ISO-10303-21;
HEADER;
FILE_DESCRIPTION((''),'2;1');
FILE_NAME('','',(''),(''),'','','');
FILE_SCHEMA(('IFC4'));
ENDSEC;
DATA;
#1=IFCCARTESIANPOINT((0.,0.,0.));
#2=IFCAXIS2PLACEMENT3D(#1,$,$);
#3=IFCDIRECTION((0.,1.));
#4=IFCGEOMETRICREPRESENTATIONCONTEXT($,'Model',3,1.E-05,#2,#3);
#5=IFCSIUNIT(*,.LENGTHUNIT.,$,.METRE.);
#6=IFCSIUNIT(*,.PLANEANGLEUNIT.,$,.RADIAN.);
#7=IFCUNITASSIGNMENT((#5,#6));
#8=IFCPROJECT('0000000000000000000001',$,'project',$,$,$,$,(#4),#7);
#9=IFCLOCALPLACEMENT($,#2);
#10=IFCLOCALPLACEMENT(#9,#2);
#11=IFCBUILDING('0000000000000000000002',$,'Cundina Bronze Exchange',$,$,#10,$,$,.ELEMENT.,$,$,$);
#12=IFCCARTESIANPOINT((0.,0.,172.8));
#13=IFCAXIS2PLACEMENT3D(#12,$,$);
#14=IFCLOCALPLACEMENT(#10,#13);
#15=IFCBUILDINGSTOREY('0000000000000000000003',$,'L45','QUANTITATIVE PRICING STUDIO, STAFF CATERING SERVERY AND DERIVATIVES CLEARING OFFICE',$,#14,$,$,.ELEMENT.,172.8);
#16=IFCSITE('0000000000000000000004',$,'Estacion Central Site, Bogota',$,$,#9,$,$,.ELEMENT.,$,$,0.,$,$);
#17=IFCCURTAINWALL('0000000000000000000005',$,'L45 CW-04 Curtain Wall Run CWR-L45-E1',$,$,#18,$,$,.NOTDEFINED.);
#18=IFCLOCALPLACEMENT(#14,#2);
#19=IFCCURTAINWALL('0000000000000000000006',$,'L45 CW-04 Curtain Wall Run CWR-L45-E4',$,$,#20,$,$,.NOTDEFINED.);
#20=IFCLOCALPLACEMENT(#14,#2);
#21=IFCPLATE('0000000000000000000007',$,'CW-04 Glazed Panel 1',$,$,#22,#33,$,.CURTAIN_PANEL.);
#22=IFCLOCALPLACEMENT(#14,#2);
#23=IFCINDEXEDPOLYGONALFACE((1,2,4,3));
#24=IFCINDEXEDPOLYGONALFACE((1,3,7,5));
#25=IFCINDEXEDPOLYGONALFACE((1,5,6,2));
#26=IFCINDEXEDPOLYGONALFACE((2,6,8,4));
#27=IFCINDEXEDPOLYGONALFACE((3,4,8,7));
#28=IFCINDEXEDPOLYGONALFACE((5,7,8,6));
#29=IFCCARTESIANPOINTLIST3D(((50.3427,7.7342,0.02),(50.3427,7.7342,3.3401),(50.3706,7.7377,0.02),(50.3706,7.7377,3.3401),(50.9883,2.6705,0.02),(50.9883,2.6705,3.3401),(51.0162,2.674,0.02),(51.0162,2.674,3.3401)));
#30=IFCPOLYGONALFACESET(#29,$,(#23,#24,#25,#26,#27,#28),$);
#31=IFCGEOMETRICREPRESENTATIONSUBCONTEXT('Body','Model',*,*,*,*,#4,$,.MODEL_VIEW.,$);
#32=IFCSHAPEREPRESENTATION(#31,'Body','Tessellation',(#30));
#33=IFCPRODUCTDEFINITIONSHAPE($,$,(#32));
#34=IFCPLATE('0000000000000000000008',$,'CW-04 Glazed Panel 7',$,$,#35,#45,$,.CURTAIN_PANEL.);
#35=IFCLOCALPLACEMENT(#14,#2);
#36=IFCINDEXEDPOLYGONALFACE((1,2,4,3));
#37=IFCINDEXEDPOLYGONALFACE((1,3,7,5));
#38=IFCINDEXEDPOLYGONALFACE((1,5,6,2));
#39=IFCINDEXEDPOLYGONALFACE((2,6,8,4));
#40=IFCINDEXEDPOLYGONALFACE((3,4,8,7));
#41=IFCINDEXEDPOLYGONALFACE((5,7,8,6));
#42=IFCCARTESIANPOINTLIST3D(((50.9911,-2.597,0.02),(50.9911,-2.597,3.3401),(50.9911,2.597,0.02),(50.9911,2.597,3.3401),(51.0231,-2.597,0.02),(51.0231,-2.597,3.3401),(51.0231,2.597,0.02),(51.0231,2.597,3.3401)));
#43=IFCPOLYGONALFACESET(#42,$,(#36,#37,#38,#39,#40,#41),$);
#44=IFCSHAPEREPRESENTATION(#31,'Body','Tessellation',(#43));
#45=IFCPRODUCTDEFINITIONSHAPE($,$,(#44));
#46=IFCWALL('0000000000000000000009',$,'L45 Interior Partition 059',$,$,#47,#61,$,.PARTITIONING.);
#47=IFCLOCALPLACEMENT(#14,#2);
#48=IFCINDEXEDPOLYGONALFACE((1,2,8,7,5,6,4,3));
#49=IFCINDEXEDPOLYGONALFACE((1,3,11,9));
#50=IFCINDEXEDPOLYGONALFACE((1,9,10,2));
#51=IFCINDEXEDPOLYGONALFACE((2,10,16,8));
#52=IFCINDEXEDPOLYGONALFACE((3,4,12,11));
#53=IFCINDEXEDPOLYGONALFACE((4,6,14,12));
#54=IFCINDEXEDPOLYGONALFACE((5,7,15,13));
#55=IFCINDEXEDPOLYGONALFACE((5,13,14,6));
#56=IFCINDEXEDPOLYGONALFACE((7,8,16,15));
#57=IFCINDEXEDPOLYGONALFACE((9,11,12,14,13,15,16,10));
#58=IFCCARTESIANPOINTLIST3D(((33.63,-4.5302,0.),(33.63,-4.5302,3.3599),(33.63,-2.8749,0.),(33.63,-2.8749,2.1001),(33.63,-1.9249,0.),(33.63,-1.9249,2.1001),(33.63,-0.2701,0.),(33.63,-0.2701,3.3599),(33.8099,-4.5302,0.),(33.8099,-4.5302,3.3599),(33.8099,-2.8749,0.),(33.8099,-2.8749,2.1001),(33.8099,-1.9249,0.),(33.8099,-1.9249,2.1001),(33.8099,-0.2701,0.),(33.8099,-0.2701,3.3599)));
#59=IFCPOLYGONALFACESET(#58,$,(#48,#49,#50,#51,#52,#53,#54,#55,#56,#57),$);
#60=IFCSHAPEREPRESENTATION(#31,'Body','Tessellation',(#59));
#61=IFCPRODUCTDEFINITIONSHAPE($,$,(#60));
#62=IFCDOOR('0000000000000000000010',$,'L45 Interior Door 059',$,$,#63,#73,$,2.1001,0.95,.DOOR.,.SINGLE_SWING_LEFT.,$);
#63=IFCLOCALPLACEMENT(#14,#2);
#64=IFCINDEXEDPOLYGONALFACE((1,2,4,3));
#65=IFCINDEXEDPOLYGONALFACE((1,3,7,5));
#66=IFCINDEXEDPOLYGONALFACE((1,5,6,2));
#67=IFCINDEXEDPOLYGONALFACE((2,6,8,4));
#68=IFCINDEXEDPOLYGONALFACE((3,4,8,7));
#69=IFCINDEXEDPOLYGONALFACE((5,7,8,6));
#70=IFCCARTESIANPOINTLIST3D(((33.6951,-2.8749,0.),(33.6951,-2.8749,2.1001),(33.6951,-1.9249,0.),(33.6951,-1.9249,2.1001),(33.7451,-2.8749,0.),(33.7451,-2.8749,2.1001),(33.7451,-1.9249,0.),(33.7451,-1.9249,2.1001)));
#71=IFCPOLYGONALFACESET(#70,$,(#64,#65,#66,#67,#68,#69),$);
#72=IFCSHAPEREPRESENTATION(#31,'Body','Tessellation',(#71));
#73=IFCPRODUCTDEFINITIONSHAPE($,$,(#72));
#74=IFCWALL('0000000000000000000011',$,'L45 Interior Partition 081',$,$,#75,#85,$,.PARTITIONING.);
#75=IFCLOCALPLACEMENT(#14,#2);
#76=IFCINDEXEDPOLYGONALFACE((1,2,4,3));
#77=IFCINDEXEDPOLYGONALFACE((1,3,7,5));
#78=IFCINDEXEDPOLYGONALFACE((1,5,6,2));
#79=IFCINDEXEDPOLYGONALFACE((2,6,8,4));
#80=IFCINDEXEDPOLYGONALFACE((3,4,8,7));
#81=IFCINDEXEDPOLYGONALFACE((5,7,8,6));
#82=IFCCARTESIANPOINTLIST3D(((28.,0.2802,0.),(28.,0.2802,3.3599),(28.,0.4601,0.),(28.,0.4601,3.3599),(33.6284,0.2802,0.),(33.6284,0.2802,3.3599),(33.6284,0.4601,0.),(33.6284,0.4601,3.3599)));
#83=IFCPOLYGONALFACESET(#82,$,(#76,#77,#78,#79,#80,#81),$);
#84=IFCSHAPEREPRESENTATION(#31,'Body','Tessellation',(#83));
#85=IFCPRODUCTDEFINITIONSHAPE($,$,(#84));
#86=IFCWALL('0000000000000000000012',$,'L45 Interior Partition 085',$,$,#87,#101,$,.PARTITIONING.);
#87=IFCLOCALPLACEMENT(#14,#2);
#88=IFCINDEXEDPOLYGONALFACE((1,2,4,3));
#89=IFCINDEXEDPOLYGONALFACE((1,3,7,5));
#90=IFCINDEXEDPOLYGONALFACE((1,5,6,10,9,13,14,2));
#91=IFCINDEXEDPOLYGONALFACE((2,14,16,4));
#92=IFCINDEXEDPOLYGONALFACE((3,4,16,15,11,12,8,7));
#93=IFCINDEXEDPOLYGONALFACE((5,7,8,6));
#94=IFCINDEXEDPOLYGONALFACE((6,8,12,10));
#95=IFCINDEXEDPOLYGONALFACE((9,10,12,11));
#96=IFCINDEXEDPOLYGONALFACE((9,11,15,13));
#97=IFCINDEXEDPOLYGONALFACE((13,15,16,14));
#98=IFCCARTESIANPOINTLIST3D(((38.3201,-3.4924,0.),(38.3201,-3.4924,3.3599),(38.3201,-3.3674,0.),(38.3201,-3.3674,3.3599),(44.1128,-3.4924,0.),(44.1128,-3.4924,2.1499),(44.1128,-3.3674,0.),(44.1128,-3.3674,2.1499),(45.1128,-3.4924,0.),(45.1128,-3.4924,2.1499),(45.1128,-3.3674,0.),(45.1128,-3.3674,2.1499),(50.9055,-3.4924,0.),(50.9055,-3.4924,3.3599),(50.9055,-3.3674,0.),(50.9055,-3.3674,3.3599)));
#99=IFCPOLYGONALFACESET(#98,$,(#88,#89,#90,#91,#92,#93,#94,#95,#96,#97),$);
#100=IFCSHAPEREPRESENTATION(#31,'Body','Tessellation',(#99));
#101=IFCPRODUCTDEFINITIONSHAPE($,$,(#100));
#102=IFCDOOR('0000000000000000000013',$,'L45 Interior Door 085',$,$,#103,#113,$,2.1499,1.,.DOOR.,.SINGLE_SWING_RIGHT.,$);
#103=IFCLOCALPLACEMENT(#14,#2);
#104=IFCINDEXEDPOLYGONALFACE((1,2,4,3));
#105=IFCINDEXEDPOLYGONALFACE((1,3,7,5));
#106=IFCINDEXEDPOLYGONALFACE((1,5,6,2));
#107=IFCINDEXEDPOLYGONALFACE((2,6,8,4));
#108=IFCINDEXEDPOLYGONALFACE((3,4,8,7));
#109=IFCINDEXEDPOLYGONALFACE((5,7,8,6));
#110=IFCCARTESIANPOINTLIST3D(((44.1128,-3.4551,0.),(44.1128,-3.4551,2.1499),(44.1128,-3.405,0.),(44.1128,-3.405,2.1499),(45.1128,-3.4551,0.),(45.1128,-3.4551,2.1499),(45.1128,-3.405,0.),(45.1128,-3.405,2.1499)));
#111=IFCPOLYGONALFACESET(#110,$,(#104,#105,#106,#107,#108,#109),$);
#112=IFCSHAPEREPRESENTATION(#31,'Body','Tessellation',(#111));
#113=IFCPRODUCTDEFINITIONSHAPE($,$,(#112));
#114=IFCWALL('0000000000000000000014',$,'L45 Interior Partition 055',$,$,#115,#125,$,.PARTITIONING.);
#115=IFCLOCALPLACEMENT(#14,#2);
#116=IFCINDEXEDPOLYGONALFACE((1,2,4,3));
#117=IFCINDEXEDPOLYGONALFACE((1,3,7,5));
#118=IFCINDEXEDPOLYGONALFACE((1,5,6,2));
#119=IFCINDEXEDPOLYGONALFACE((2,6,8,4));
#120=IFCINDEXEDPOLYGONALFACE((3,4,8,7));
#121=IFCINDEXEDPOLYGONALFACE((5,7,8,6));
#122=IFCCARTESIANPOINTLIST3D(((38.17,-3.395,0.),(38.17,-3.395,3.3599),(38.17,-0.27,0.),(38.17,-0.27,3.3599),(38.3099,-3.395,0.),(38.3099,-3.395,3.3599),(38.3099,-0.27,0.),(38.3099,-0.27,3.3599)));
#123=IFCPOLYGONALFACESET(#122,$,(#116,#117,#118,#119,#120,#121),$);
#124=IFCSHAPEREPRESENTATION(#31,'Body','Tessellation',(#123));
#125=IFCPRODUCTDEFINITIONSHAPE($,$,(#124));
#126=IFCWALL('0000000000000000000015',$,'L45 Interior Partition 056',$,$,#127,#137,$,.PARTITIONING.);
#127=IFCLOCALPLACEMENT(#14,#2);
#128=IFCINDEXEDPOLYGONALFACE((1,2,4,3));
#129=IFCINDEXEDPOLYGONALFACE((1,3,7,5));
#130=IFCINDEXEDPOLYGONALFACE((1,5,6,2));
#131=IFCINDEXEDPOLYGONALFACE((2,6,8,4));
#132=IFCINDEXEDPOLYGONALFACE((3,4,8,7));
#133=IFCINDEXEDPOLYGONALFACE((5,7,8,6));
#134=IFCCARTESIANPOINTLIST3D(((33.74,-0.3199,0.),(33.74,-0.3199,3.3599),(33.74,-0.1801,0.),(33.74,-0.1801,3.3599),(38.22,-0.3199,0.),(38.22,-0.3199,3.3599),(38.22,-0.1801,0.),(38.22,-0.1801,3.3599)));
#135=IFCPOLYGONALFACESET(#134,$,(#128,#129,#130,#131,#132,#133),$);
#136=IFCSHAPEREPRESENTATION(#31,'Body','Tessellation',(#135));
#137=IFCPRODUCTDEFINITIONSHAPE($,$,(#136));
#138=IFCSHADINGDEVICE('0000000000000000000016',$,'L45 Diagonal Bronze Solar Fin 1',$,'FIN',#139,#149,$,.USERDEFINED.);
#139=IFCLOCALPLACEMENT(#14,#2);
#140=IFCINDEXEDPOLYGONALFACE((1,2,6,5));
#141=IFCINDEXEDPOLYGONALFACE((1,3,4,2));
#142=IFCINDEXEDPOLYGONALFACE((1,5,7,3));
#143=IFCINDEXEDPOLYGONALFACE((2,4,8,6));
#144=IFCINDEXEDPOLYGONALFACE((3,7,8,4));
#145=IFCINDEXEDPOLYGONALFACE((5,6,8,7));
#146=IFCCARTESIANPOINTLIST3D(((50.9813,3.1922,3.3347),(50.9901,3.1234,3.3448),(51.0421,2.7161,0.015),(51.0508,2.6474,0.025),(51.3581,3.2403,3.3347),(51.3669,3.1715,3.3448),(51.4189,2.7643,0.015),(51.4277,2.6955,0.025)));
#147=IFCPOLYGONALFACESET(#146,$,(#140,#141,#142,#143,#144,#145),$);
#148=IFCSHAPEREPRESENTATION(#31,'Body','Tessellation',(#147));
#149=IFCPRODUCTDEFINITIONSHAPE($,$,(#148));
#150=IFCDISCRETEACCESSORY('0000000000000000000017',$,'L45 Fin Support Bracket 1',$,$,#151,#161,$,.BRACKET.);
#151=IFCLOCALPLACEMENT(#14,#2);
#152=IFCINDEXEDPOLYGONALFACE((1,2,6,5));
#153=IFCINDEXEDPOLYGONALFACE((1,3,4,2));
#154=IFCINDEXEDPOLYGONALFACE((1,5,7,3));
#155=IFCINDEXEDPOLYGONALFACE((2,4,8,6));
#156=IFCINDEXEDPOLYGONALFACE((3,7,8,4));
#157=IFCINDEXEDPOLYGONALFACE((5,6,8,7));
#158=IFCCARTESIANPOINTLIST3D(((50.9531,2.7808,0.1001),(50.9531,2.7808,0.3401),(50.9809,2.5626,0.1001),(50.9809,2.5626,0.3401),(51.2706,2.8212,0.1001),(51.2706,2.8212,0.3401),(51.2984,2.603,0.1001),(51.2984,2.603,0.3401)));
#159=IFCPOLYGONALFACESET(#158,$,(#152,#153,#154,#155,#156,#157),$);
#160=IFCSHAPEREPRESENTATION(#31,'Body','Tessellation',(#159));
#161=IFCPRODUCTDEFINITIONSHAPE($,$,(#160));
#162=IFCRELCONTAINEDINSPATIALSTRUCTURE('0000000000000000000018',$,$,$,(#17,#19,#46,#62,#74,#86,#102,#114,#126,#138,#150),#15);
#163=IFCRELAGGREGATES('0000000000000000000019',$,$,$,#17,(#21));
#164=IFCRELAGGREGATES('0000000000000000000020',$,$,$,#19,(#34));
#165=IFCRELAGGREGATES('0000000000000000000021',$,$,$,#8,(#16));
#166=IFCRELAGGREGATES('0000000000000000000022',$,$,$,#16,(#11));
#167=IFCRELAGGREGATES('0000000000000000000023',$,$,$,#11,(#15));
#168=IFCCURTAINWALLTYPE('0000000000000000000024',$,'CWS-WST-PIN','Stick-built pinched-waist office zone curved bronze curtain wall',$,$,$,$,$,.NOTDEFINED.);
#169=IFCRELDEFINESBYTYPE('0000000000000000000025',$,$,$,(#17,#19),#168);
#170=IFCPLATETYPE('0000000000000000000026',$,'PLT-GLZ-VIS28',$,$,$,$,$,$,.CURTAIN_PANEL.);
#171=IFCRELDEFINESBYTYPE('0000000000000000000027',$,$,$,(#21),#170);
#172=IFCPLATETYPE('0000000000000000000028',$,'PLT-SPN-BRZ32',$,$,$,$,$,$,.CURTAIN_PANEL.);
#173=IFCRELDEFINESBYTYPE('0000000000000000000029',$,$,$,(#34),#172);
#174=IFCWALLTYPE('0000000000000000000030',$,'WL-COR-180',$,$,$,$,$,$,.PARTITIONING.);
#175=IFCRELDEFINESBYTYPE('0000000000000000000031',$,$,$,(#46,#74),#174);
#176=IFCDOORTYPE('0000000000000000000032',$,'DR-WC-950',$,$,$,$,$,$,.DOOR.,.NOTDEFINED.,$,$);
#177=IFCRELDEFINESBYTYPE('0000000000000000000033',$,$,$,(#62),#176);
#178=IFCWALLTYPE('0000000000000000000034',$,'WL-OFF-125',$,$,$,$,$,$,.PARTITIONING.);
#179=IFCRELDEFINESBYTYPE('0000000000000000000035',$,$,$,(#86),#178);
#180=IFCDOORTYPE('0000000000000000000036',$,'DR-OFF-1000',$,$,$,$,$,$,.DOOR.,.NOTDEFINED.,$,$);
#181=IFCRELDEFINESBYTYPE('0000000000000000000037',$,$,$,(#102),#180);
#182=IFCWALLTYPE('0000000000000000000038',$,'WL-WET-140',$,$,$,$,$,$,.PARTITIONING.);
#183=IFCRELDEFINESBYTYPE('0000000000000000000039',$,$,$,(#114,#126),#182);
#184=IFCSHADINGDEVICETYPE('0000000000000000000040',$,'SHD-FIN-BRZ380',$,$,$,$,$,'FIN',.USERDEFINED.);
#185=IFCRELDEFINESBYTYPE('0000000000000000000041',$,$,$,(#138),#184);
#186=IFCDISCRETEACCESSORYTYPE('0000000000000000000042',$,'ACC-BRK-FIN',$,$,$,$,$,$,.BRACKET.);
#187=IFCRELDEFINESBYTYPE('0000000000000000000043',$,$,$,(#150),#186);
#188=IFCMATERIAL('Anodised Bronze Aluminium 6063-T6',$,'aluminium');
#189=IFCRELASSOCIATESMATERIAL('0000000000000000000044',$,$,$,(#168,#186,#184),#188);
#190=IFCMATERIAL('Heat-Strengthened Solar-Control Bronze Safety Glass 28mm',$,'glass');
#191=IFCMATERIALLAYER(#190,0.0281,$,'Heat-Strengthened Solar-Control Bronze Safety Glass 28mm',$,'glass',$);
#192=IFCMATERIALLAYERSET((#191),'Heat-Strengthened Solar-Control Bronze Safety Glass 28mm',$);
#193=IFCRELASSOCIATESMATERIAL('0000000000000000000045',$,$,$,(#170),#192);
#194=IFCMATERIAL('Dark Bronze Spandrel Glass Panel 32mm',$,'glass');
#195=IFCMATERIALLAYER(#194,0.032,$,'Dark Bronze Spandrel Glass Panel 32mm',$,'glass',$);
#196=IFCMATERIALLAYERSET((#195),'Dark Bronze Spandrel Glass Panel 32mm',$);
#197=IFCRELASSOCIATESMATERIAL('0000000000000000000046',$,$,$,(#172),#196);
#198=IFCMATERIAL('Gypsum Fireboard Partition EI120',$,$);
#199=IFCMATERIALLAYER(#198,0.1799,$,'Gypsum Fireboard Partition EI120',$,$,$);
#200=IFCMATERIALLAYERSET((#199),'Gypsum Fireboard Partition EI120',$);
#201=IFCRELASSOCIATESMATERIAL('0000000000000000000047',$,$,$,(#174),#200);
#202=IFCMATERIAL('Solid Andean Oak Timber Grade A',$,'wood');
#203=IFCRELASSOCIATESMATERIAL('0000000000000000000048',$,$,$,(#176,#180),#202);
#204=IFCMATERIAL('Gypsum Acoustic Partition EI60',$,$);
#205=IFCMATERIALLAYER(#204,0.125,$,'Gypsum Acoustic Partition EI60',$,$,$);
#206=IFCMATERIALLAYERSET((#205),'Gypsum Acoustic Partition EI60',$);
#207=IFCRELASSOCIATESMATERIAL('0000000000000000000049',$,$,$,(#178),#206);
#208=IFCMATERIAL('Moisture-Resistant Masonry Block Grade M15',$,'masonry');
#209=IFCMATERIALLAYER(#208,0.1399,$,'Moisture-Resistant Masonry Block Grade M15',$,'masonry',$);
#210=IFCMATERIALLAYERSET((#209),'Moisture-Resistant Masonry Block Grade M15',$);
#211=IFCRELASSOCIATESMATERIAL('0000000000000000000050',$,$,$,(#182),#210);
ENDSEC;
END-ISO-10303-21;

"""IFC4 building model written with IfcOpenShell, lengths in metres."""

from ifc_helpers import new_model, si_unit, direction, frame, frame_2d, origin, origin_2d, place, context, subcontext, project, spatial, rectangle, extrude, material, layer, layer_set, material_profile, profile_set, type_object, element, fill, aggregate, save


model = new_model("IFC4")

# Units and contexts
model_context = context("Model", 3, precision=1e-05, world=origin(), true_north=direction((0.0, 1.0)))
body_context = subcontext(model_context, "Body", "Model", "MODEL_VIEW")
ifc_project = project(units=[si_unit("LENGTHUNIT", "METRE"), si_unit("PLANEANGLEUNIT", "RADIAN")], contexts=[model_context])

# Site, building, storey
site_placement = place(None, origin())
site = spatial("IfcSite", under=ifc_project, at=site_placement, Name="Estacion Central Site, Bogota", CompositionType="ELEMENT", RefElevation=0.0)
building_placement = place(site_placement, origin())
building = spatial("IfcBuilding", under=site, at=building_placement, Name="Cundina Bronze Exchange", CompositionType="ELEMENT")
storey_placement = place(building_placement, frame((0.0, 0.0, 172.8)))
storey = spatial("IfcBuildingStorey", under=building, at=storey_placement, Name="L45", Description="QUANTITATIVE PRICING STUDIO, STAFF CATERING SERVERY AND DERIVATIVES CLEARING OFFICE", CompositionType="ELEMENT", Elevation=172.8)

# Curtain walls
ifc_material_1 = material(Name="Anodised Bronze Aluminium 6063-T6", Category="aluminium")
curtain_wall_type = type_object("IfcCurtainWallType", Name="CWS-WST-PIN", Description="Stick-built pinched-waist office zone curved bronze curtain wall", PredefinedType="NOTDEFINED", material=ifc_material_1)
curtain_wall_1_placement = place(storey_placement, origin())
curtain_wall_1 = element("IfcCurtainWall", 1, at=curtain_wall_1_placement, inside=storey, type_object=curtain_wall_type, Name="L45 CW-04 Curtain Wall Run CWR-L45-E1", PredefinedType="NOTDEFINED")
curtain_wall_2_placement = place(storey_placement, origin())
curtain_wall_2 = element("IfcCurtainWall", 2, at=curtain_wall_2_placement, inside=storey, type_object=curtain_wall_type, Name="L45 CW-04 Curtain Wall Run CWR-L45-E4", PredefinedType="NOTDEFINED")

# Plates
ifc_material_2 = material(Name="Heat-Strengthened Solar-Control Bronze Safety Glass 28mm", Category="glass")
ifc_layer_1 = layer(ifc_material_2, 0.0281, Name="Heat-Strengthened Solar-Control Bronze Safety Glass 28mm", Category="glass")
ifc_layer_set_1 = layer_set([ifc_layer_1], Name="Heat-Strengthened Solar-Control Bronze Safety Glass 28mm")
plate_type_1 = type_object("IfcPlateType", Name="PLT-GLZ-VIS28", PredefinedType="CURTAIN_PANEL", material=ifc_layer_set_1)
plate_1_placement = place(storey_placement, frame((50.6794, 5.2041, 0.02), z_axis=(0.0, 0.0, 1.0), x_axis=(-0.126476, 0.99197, 0.0)))
plate_1 = element("IfcPlate", 3, at=plate_1_placement, type_object=plate_type_1, Name="CW-04 Glazed Panel 1", PredefinedType="CURTAIN_PANEL", context=body_context, shape_type="SweptSolid", body=[
    extrude(rectangle(XDim=5.1047, YDim=0.0281, at=origin_2d()), origin(), (0.0, 0.0, 1.0), 3.3201),
])
aggregate(curtain_wall_1, [plate_1])
ifc_material_3 = material(Name="Dark Bronze Spandrel Glass Panel 32mm", Category="glass")
ifc_layer_2 = layer(ifc_material_3, 0.032, Name="Dark Bronze Spandrel Glass Panel 32mm", Category="glass")
ifc_layer_set_2 = layer_set([ifc_layer_2], Name="Dark Bronze Spandrel Glass Panel 32mm")
plate_type_2 = type_object("IfcPlateType", Name="PLT-SPN-BRZ32", PredefinedType="CURTAIN_PANEL", material=ifc_layer_set_2)
plate_2_placement = place(storey_placement, frame((51.0071, 0.0, 0.02), z_axis=(0.0, 0.0, 1.0), x_axis=(0.0, 1.0, 0.0)))
plate_2 = element("IfcPlate", 4, at=plate_2_placement, type_object=plate_type_2, Name="CW-04 Glazed Panel 7", PredefinedType="CURTAIN_PANEL", context=body_context, shape_type="SweptSolid", body=[
    extrude(rectangle(XDim=5.1941, YDim=0.032, at=origin_2d()), origin(), (0.0, 0.0, 1.0), 3.3201),
])
aggregate(curtain_wall_2, [plate_2])

# Wall, opening, door
ifc_material_4 = material(Name="Gypsum Fireboard Partition EI120")
ifc_layer_3 = layer(ifc_material_4, 0.1799, Name="Gypsum Fireboard Partition EI120")
ifc_layer_set_3 = layer_set([ifc_layer_3], Name="Gypsum Fireboard Partition EI120")
wall_type_1 = type_object("IfcWallType", Name="WL-COR-180", PredefinedType="PARTITIONING", material=ifc_layer_set_3)
wall_1_placement = place(storey_placement, frame((33.72, -4.53, 0.0), z_axis=(0.0, 0.0, 1.0), x_axis=(0.0, 1.0, 0.0)))
wall_1 = element("IfcWall", 5, at=wall_1_placement, inside=storey, type_object=wall_type_1, Name="L45 Interior Partition 059", PredefinedType="PARTITIONING", context=body_context, shape_type="SweptSolid", body=[
    extrude(rectangle(XDim=4.26, YDim=0.1799, at=frame_2d((2.1299, 0.0))), origin(), (0.0, 0.0, 1.0), 3.3599),
])
opening_1_placement = place(wall_1_placement, frame((1.655, 0.0, 0.0)))
opening_1 = element("IfcOpeningElement", 6, at=opening_1_placement, cuts=wall_1, PredefinedType="OPENING", context=body_context, shape_type="SweptSolid", body=[
    extrude(rectangle(XDim=0.95, YDim=2.1001, at=frame_2d((0.4751, 1.05))), frame((0.0, 0.0999, 0.0), z_axis=(0.0, -1.0, 0.0), x_axis=(1.0, 0.0, 0.0)), (0.0, 0.0, 1.0), 0.2),
])
ifc_material_5 = material(Name="Solid Andean Oak Timber Grade A", Category="wood")
door_type_1 = type_object("IfcDoorType", Name="DR-WC-950", OperationType="NOTDEFINED", PredefinedType="DOOR", material=ifc_material_5)
door_1_placement = place(opening_1_placement, origin())
door_1 = element("IfcDoor", 7, at=door_1_placement, inside=storey, type_object=door_type_1, Name="L45 Interior Door 059", OperationType="SINGLE_SWING_LEFT", OverallHeight=2.1001, OverallWidth=0.95, PredefinedType="DOOR", context=body_context, shape_type="SweptSolid", body=[
    extrude(rectangle(XDim=0.95, YDim=2.1001, at=frame_2d((0.4751, 1.05))), frame((0.0, 0.0249, 0.0), z_axis=(0.0, -1.0, 0.0), x_axis=(1.0, 0.0, 0.0)), (0.0, 0.0, 1.0), 0.05),
])
fill(opening_1, door_1)

# Wall
wall_2_placement = place(storey_placement, frame((33.6284, 0.3701, 0.0), z_axis=(0.0, 0.0, 1.0), x_axis=(-1.0, 0.0, 0.0)))
element("IfcWall", 8, at=wall_2_placement, inside=storey, type_object=wall_type_1, Name="L45 Interior Partition 081", PredefinedType="PARTITIONING", context=body_context, shape_type="SweptSolid", body=[
    extrude(rectangle(XDim=5.6284, YDim=0.1799, at=frame_2d((2.8142, 0.0))), origin(), (0.0, 0.0, 1.0), 3.3599),
])

# Wall, opening, door
ifc_material_6 = material(Name="Gypsum Acoustic Partition EI60")
ifc_layer_4 = layer(ifc_material_6, 0.125, Name="Gypsum Acoustic Partition EI60")
ifc_layer_set_4 = layer_set([ifc_layer_4], Name="Gypsum Acoustic Partition EI60")
wall_type_2 = type_object("IfcWallType", Name="WL-OFF-125", PredefinedType="PARTITIONING", material=ifc_layer_set_4)
wall_3_placement = place(storey_placement, frame((38.3201, -3.4299, 0.0), z_axis=(0.0, 0.0, 1.0), x_axis=(1.0, 0.0, 0.0)))
wall_3 = element("IfcWall", 9, at=wall_3_placement, inside=storey, type_object=wall_type_2, Name="L45 Interior Partition 085", PredefinedType="PARTITIONING", context=body_context, shape_type="SweptSolid", body=[
    extrude(rectangle(XDim=12.5854, YDim=0.125, at=frame_2d((6.2927, 0.0))), origin(), (0.0, 0.0, 1.0), 3.3599),
])
opening_2_placement = place(wall_3_placement, frame((5.7927, 0.0, 0.0)))
opening_2 = element("IfcOpeningElement", 10, at=opening_2_placement, cuts=wall_3, PredefinedType="OPENING", context=body_context, shape_type="SweptSolid", body=[
    extrude(rectangle(XDim=1.0, YDim=2.1499, at=frame_2d((0.5, 1.075))), frame((0.0, 0.0725, 0.0), z_axis=(0.0, -1.0, 0.0), x_axis=(1.0, 0.0, 0.0)), (0.0, 0.0, 1.0), 0.145),
])
door_type_2 = type_object("IfcDoorType", Name="DR-OFF-1000", OperationType="NOTDEFINED", PredefinedType="DOOR", material=ifc_material_5)
door_2_placement = place(opening_2_placement, origin())
door_2 = element("IfcDoor", 11, at=door_2_placement, inside=storey, type_object=door_type_2, Name="L45 Interior Door 085", OperationType="SINGLE_SWING_RIGHT", OverallHeight=2.1499, OverallWidth=1.0, PredefinedType="DOOR", context=body_context, shape_type="SweptSolid", body=[
    extrude(rectangle(XDim=1.0, YDim=2.1499, at=frame_2d((0.5, 1.075))), frame((0.0, 0.0249, 0.0), z_axis=(0.0, -1.0, 0.0), x_axis=(1.0, 0.0, 0.0)), (0.0, 0.0, 1.0), 0.05),
])
fill(opening_2, door_2)

# Walls
ifc_material_7 = material(Name="Moisture-Resistant Masonry Block Grade M15", Category="masonry")
ifc_layer_5 = layer(ifc_material_7, 0.1399, Name="Moisture-Resistant Masonry Block Grade M15", Category="masonry")
ifc_layer_set_5 = layer_set([ifc_layer_5], Name="Moisture-Resistant Masonry Block Grade M15")
wall_type_3 = type_object("IfcWallType", Name="WL-WET-140", PredefinedType="PARTITIONING", material=ifc_layer_set_5)
wall_4_placement = place(storey_placement, frame((38.24, -3.395, 0.0), z_axis=(0.0, 0.0, 1.0), x_axis=(0.0, 1.0, 0.0)))
element("IfcWall", 12, at=wall_4_placement, inside=storey, type_object=wall_type_3, Name="L45 Interior Partition 055", PredefinedType="PARTITIONING", context=body_context, shape_type="SweptSolid", body=[
    extrude(rectangle(XDim=3.125, YDim=0.1399, at=frame_2d((1.5625, 0.0))), origin(), (0.0, 0.0, 1.0), 3.3599),
])
wall_5_placement = place(storey_placement, frame((33.74, -0.25, 0.0), z_axis=(0.0, 0.0, 1.0), x_axis=(1.0, 0.0, 0.0)))
element("IfcWall", 13, at=wall_5_placement, inside=storey, type_object=wall_type_3, Name="L45 Interior Partition 056", PredefinedType="PARTITIONING", context=body_context, shape_type="SweptSolid", body=[
    extrude(rectangle(XDim=4.48, YDim=0.1399, at=frame_2d((2.24, 0.0))), origin(), (0.0, 0.0, 1.0), 3.3599),
])

# Shading device
ifc_material_profile_1 = material_profile(ifc_material_1, rectangle(XDim=0.0701, YDim=0.3799, at=origin_2d()), Name="FIN70X380", Category="aluminium")
ifc_profile_set_1 = profile_set([ifc_material_profile_1], Name="Anodised Bronze Aluminium 6063-T6")
shading_device_type = type_object("IfcShadingDeviceType", Name="SHD-FIN-BRZ380", ElementType="FIN", PredefinedType="USERDEFINED", material=ifc_profile_set_1)
shading_device_placement = place(storey_placement, frame((51.2349, 2.7058, 0.02), z_axis=(-0.018123, 0.141928, 0.989711), x_axis=(0.125361, -0.98174, 0.14308)))
element("IfcShadingDevice", 14, at=shading_device_placement, inside=storey, type_object=shading_device_type, Name="L45 Diagonal Bronze Solar Fin 1", ObjectType="FIN", PredefinedType="USERDEFINED", context=body_context, shape_type="SweptSolid", body=[
    extrude(rectangle(XDim=0.0701, YDim=0.3799, at=origin_2d()), origin(), (0.0, 0.0, 1.0), 3.3542),
])

# Discrete accessory
discrete_accessory_type = type_object("IfcDiscreteAccessoryType", Name="ACC-BRK-FIN", PredefinedType="BRACKET", material=ifc_material_1)
discrete_accessory_placement = place(storey_placement, frame((51.1257, 2.6919, 0.1001), z_axis=(0.0, 0.0, 1.0), x_axis=(-0.126476, 0.99197, 0.0)))
element("IfcDiscreteAccessory", 15, at=discrete_accessory_placement, inside=storey, type_object=discrete_accessory_type, Name="L45 Fin Support Bracket 1", PredefinedType="BRACKET", context=body_context, shape_type="SweptSolid", body=[
    extrude(rectangle(XDim=0.22, YDim=0.3201, at=origin_2d()), origin(), (0.0, 0.0, 1.0), 0.24),
])

save(model, "model.ifc")
